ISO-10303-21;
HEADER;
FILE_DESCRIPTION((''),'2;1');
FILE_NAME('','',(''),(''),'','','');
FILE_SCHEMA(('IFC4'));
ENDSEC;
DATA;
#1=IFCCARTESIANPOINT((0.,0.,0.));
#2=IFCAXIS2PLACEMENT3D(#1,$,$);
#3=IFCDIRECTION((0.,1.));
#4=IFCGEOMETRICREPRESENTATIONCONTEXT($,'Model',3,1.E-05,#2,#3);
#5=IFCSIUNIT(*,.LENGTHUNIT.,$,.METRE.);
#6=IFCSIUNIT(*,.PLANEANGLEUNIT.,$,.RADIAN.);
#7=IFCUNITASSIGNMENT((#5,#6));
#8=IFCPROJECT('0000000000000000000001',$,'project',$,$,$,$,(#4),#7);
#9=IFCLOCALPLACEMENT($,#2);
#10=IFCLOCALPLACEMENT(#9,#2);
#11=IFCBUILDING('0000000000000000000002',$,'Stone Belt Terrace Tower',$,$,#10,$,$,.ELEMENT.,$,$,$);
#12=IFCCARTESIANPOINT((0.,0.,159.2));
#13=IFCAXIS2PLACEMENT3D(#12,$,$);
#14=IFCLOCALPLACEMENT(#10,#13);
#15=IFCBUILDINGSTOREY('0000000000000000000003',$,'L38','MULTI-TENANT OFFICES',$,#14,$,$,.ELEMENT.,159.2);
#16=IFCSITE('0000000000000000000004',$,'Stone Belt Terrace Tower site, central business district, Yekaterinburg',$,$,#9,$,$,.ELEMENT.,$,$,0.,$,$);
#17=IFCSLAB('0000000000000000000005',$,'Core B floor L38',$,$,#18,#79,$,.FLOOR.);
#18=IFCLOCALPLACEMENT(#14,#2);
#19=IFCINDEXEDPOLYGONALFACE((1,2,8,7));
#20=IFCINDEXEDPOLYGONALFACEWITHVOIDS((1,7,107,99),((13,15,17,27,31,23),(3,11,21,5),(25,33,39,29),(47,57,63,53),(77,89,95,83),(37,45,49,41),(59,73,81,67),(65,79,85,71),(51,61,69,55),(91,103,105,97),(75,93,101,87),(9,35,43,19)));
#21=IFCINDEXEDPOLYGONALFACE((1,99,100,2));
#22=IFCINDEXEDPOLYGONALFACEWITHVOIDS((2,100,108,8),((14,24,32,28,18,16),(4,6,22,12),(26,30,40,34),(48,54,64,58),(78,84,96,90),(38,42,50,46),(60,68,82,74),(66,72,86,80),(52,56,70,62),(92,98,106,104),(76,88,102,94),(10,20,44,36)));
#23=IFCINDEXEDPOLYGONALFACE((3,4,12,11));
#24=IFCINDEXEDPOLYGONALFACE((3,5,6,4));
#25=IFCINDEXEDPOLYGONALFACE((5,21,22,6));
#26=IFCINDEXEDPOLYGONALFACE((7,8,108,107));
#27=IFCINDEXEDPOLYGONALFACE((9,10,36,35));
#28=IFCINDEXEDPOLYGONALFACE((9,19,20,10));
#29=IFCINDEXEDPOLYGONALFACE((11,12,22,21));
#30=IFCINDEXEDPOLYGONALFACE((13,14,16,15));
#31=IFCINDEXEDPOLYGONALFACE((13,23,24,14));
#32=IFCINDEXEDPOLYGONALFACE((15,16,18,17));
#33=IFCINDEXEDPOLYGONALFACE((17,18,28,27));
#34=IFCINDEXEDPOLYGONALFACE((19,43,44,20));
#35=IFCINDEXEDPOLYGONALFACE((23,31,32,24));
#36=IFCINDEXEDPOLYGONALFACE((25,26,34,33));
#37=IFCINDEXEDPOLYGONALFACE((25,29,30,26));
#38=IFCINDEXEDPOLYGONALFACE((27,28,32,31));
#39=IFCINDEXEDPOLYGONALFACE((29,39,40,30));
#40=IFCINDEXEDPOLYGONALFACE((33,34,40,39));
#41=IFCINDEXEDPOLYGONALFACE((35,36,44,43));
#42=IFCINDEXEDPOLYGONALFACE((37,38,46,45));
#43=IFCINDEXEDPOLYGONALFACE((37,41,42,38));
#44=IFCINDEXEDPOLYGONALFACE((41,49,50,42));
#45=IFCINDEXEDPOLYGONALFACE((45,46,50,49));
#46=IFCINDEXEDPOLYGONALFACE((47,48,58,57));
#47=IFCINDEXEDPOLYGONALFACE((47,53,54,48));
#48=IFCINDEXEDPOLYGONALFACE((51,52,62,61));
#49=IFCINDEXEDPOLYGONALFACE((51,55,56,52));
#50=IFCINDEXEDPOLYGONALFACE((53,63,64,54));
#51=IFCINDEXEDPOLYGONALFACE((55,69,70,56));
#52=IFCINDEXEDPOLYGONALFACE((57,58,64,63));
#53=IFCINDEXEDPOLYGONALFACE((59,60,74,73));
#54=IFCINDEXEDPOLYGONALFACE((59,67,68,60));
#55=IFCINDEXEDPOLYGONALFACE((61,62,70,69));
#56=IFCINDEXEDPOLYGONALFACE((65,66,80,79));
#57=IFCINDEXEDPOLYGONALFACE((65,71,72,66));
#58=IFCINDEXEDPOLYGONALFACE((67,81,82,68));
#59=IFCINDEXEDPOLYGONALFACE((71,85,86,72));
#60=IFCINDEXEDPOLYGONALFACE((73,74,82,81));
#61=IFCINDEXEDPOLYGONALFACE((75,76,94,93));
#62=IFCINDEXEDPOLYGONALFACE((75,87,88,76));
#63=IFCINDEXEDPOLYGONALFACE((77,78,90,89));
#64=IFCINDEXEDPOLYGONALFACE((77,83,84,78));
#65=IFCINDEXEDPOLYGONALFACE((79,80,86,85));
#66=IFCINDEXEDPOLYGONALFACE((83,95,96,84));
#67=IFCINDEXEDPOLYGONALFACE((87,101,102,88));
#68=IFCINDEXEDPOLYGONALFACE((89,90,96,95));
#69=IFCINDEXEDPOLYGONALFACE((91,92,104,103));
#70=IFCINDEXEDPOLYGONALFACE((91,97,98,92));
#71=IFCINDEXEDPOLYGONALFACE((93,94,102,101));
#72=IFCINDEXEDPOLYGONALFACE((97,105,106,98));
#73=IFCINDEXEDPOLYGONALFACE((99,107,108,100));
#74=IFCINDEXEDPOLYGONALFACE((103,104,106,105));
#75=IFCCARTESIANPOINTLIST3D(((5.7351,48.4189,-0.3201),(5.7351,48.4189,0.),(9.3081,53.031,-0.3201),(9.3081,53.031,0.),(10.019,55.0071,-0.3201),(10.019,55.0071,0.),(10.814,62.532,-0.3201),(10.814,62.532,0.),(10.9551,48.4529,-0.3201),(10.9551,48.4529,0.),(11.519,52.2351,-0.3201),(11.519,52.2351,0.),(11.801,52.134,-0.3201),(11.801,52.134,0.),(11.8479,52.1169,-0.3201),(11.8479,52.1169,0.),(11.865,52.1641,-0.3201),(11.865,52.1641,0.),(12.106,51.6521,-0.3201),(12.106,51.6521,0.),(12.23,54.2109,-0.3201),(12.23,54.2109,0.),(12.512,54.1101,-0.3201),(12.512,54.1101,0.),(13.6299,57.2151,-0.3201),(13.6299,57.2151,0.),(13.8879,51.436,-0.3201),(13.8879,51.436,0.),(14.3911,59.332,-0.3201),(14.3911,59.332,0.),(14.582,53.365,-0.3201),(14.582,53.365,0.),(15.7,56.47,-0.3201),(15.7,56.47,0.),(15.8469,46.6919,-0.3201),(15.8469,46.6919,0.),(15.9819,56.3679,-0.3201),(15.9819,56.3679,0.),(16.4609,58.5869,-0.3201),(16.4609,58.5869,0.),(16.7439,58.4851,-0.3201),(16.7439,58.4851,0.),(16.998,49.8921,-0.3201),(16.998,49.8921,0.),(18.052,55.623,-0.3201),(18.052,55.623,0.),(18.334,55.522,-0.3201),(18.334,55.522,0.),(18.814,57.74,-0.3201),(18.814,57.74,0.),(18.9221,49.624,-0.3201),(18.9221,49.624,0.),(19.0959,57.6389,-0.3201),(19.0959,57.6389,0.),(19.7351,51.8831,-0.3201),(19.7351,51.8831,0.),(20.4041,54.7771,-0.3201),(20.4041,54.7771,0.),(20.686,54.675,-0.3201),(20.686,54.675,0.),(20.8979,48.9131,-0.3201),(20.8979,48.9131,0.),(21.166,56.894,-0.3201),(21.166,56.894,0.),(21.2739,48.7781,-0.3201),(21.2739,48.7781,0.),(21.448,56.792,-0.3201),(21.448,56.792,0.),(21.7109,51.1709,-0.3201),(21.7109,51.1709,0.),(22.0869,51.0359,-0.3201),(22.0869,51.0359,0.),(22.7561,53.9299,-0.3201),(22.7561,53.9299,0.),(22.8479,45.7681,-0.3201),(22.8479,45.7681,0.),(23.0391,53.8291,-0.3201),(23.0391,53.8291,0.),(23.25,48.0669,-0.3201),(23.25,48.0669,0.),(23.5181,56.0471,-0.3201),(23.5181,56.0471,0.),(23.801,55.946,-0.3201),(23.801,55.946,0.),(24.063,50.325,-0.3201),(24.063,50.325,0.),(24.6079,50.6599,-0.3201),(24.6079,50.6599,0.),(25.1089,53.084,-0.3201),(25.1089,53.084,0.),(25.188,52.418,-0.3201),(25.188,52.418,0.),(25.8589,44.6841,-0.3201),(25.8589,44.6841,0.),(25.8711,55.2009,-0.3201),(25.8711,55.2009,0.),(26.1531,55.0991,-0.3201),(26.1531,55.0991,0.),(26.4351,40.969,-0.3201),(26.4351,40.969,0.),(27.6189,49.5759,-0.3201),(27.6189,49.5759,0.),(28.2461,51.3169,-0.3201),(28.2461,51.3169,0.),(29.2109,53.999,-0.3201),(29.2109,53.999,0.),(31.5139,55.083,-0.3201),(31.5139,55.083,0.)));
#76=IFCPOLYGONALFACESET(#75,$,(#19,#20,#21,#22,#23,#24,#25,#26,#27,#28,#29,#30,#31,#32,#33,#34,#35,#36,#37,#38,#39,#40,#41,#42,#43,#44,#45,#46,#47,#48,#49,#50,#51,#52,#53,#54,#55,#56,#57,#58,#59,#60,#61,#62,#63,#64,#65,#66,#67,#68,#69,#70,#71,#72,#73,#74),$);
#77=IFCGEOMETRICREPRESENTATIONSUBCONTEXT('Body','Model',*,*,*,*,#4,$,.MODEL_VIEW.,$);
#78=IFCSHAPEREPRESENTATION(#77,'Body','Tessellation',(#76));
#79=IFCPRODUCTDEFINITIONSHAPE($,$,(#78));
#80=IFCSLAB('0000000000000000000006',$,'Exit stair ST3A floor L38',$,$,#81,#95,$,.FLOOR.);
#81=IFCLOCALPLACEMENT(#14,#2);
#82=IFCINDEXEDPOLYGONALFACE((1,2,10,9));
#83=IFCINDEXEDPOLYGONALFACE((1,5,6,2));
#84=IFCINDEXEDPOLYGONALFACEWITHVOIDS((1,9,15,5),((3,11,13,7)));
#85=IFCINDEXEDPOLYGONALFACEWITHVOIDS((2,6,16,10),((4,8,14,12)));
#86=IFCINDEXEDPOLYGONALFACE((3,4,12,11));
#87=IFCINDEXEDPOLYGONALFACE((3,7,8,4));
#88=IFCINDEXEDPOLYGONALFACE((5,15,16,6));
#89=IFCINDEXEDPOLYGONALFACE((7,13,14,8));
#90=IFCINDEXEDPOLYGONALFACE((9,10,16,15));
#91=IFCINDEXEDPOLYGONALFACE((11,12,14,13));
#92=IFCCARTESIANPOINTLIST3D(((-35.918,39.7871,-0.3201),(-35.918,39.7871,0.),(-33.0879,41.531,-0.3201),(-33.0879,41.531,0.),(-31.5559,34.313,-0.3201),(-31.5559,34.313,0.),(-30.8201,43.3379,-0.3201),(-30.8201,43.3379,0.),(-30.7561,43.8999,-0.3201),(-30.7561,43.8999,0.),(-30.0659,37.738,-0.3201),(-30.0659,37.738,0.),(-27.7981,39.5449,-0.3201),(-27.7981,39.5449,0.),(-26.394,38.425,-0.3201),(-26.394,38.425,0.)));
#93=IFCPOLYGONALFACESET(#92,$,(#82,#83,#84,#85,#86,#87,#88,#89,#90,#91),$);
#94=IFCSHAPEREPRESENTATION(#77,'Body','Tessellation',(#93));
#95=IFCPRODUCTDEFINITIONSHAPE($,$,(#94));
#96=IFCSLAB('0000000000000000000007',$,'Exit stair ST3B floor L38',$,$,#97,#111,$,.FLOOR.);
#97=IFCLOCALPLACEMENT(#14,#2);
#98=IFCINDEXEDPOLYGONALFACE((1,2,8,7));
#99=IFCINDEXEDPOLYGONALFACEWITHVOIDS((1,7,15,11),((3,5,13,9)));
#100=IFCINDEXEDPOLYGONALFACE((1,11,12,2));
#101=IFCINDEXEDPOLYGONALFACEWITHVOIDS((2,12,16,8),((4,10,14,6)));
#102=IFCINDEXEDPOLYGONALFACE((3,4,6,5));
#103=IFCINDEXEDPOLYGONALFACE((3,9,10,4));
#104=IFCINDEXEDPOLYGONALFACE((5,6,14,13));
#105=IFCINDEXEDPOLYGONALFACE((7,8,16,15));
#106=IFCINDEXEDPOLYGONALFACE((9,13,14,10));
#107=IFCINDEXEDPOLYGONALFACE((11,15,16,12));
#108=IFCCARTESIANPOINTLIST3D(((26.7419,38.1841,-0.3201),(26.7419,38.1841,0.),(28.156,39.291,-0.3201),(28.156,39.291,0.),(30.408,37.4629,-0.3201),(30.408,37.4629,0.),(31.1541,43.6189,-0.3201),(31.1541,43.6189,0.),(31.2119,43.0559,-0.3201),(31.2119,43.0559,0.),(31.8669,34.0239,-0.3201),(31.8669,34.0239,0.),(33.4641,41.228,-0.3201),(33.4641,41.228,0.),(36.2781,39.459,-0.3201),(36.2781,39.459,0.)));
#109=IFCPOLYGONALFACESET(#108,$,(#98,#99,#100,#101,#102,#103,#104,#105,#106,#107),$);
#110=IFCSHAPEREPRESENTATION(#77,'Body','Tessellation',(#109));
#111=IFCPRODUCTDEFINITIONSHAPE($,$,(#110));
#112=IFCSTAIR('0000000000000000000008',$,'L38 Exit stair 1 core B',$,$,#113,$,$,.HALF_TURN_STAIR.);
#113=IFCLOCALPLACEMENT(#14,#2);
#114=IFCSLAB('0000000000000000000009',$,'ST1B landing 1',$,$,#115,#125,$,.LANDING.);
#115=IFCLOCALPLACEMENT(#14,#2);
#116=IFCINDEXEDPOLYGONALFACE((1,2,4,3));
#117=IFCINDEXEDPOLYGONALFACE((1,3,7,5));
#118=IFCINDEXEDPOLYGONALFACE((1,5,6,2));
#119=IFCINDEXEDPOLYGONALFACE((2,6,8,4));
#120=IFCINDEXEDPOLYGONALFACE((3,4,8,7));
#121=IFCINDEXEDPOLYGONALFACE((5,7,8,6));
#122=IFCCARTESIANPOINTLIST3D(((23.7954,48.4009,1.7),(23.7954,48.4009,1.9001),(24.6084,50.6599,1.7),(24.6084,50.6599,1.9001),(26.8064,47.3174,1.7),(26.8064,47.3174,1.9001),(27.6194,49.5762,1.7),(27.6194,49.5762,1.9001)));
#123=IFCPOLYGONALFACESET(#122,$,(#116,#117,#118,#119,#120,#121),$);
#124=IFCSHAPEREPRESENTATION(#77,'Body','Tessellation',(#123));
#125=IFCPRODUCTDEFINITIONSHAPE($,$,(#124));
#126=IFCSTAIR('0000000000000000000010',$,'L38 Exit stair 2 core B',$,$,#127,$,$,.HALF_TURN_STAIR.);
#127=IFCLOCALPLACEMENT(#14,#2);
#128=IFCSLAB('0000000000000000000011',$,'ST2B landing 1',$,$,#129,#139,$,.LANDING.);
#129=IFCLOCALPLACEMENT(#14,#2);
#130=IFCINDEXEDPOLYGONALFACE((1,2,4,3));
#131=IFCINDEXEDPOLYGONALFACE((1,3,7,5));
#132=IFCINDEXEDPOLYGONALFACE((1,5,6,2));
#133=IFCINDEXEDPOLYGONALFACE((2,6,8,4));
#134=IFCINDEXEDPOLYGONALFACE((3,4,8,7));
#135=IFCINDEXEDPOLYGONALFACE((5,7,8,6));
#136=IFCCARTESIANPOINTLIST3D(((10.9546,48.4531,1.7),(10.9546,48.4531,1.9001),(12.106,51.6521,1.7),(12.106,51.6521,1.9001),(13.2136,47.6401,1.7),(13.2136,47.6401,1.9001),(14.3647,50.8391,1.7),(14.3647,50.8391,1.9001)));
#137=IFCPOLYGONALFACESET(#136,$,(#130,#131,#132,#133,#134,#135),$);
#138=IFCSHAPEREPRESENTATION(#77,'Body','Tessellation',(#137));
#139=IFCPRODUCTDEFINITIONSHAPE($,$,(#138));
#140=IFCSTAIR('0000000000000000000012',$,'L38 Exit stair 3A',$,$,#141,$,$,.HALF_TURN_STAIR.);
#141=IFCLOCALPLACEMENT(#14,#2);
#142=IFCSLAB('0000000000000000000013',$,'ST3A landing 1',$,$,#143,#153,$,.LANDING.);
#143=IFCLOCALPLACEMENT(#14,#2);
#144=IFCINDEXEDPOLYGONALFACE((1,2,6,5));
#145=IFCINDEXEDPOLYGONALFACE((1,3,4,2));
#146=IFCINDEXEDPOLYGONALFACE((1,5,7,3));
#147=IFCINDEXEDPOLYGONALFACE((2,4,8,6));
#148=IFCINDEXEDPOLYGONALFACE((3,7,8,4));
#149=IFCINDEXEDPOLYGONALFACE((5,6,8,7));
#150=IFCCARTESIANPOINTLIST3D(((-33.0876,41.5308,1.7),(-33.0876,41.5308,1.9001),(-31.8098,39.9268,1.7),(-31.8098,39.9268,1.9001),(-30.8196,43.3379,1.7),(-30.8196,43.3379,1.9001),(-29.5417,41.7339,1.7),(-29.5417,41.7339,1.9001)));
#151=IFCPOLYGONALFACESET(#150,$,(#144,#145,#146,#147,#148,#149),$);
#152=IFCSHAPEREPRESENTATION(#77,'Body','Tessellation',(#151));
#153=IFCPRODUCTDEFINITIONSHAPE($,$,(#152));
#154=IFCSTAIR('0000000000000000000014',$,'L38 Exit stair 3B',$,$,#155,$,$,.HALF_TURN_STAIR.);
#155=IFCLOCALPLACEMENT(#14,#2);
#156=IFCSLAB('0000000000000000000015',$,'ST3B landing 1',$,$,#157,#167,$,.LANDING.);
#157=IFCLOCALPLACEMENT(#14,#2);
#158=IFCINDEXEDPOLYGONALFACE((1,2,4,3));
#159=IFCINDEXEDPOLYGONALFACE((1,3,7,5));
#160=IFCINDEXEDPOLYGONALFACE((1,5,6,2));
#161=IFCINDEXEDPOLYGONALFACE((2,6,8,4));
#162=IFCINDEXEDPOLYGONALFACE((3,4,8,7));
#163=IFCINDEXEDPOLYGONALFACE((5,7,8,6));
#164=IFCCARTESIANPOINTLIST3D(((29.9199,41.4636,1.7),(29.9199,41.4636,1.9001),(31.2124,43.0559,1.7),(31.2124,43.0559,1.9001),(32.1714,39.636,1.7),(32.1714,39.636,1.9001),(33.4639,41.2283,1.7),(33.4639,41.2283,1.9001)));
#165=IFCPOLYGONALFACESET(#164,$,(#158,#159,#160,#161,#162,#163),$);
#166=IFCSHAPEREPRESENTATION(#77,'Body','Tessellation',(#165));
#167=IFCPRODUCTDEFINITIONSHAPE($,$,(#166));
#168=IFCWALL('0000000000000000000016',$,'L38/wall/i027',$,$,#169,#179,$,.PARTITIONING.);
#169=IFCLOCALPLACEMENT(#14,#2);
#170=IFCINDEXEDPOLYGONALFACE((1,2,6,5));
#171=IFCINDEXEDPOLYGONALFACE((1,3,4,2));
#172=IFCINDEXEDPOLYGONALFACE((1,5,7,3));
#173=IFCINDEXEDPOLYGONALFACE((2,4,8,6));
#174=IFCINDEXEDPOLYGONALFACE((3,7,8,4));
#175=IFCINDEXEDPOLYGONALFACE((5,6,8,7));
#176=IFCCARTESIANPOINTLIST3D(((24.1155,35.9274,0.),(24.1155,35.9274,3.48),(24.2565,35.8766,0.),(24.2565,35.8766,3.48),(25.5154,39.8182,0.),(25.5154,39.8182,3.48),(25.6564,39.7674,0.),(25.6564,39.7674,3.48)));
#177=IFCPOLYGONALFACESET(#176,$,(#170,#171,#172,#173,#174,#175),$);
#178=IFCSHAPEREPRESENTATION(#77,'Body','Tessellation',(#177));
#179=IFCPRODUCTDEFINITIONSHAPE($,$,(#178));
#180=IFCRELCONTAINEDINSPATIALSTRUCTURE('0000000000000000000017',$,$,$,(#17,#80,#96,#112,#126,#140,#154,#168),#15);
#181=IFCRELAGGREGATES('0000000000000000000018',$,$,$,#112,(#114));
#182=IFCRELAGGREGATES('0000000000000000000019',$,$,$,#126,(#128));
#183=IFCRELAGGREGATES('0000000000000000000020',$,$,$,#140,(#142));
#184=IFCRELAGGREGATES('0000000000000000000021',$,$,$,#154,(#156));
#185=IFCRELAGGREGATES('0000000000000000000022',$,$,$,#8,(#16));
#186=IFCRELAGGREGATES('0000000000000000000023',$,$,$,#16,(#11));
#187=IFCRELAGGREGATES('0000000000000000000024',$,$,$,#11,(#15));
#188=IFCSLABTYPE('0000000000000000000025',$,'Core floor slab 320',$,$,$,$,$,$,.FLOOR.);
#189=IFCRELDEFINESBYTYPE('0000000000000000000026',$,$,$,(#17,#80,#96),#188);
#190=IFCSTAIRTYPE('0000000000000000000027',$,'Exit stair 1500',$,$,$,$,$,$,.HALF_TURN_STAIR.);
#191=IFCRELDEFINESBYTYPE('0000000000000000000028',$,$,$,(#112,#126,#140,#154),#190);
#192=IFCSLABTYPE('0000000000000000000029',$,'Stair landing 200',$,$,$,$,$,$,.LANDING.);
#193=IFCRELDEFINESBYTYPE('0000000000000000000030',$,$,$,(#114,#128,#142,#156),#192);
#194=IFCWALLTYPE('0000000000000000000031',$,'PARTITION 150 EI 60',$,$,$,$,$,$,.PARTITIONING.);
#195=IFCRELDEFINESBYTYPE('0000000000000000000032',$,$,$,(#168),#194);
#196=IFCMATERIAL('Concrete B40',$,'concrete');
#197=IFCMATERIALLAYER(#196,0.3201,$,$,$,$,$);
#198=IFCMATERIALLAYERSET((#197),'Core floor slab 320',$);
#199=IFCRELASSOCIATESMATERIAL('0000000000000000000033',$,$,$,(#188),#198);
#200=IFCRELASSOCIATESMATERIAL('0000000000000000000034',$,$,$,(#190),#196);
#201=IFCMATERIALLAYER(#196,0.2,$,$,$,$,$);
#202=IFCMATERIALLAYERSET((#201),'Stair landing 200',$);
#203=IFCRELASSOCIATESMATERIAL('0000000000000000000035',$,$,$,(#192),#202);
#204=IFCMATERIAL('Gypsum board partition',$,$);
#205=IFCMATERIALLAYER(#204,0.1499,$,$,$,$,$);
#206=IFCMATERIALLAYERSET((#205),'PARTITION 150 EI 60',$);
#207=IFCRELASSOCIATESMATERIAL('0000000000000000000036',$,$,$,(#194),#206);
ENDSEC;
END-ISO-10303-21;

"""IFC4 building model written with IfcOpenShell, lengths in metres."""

from ifc_helpers import new_model, si_unit, direction, frame, frame_2d, origin, place, context, subcontext, project, spatial, polyline, rectangle, outline, extrude, material, layer, layer_set, type_object, element, aggregate, save


model = new_model("IFC4")

# Units and contexts
model_context = context("Model", 3, precision=1e-05, world=origin(), true_north=direction((0.0, 1.0)))
body_context = subcontext(model_context, "Body", "Model", "MODEL_VIEW")
ifc_project = project(units=[si_unit("LENGTHUNIT", "METRE"), si_unit("PLANEANGLEUNIT", "RADIAN")], contexts=[model_context])

# Site, building, storey
site_placement = place(None, origin())
site = spatial("IfcSite", under=ifc_project, at=site_placement, Name="Stone Belt Terrace Tower site, central business district, Yekaterinburg", CompositionType="ELEMENT", RefElevation=0.0)
building_placement = place(site_placement, origin())
building = spatial("IfcBuilding", under=site, at=building_placement, Name="Stone Belt Terrace Tower", CompositionType="ELEMENT")
storey_placement = place(building_placement, frame((0.0, 0.0, 159.2)))
storey = spatial("IfcBuildingStorey", under=building, at=storey_placement, Name="L38", Description="MULTI-TENANT OFFICES", CompositionType="ELEMENT", Elevation=159.2)

# Slabs
ifc_material_1 = material(Name="Concrete B40", Category="concrete")
ifc_layer_1 = layer(ifc_material_1, 0.3201)
ifc_layer_set_1 = layer_set([ifc_layer_1], Name="Core floor slab 320")
slab_type_1 = type_object("IfcSlabType", Name="Core floor slab 320", PredefinedType="FLOOR", material=ifc_layer_set_1)
slab_1_placement = place(storey_placement, frame((0.0, 0.0, -0.3201)))
element("IfcSlab", 1, at=slab_1_placement, inside=storey, type_object=slab_type_1, Name="Core B floor L38", PredefinedType="FLOOR", context=body_context, shape_type="SweptSolid", body=[
    extrude(outline(polyline([(26.4351, 40.969), (31.5139, 55.083), (10.814, 62.532), (5.7351, 48.4189), (26.4351, 40.969)]), holes=[polyline([(12.106, 51.6521), (16.998, 49.8921), (15.8469, 46.6919), (10.9551, 48.4529), (12.106, 51.6521)]), polyline([(12.512, 54.1101), (14.582, 53.365), (13.8879, 51.436), (11.865, 52.1641), (11.8479, 52.1169), (11.801, 52.134), (12.512, 54.1101)]), polyline([(9.3081, 53.031), (10.019, 55.0071), (12.23, 54.2109), (11.519, 52.2351), (9.3081, 53.031)]), polyline([(18.334, 55.522), (19.0959, 57.6389), (21.166, 56.894), (20.4041, 54.7771), (18.334, 55.522)]), polyline([(16.7439, 58.4851), (18.814, 57.74), (18.052, 55.623), (15.9819, 56.3679), (16.7439, 58.4851)]), polyline([(14.3911, 59.332), (16.4609, 58.5869), (15.7, 56.47), (13.6299, 57.2151), (14.3911, 59.332)]), polyline([(27.6189, 49.5759), (25.8589, 44.6841), (22.8479, 45.7681), (24.6079, 50.6599), (27.6189, 49.5759)]), polyline([(23.25, 48.0669), (21.2739, 48.7781), (22.0869, 51.0359), (24.063, 50.325), (23.25, 48.0669)]), polyline([(20.8979, 48.9131), (18.9221, 49.624), (19.7351, 51.8831), (21.7109, 51.1709), (20.8979, 48.9131)]), polyline([(26.1531, 55.0991), (29.2109, 53.999), (28.2461, 51.3169), (25.188, 52.418), (26.1531, 55.0991)]), polyline([(23.801, 55.946), (25.8711, 55.2009), (25.1089, 53.084), (23.0391, 53.8291), (23.801, 55.946)]), polyline([(21.448, 56.792), (23.5181, 56.0471), (22.7561, 53.9299), (20.686, 54.675), (21.448, 56.792)])]), origin(), (0.0, 0.0, 1.0), 0.3201),
])
slab_2_placement = place(storey_placement, frame((0.0, 0.0, -0.3201)))
element("IfcSlab", 2, at=slab_2_placement, inside=storey, type_object=slab_type_1, Name="Exit stair ST3A floor L38", PredefinedType="FLOOR", context=body_context, shape_type="SweptSolid", body=[
    extrude(outline(polyline([(-26.394, 38.425), (-30.7561, 43.8999), (-35.918, 39.7871), (-31.5559, 34.313), (-26.394, 38.425)]), holes=[polyline([(-27.7981, 39.5449), (-30.0659, 37.738), (-33.0879, 41.531), (-30.8201, 43.3379), (-27.7981, 39.5449)])]), origin(), (0.0, 0.0, 1.0), 0.3201),
])
slab_3_placement = place(storey_placement, frame((0.0, 0.0, -0.3201)))
element("IfcSlab", 3, at=slab_3_placement, inside=storey, type_object=slab_type_1, Name="Exit stair ST3B floor L38", PredefinedType="FLOOR", context=body_context, shape_type="SweptSolid", body=[
    extrude(outline(polyline([(26.7419, 38.1841), (31.8669, 34.0239), (36.2781, 39.459), (31.1541, 43.6189), (26.7419, 38.1841)]), holes=[polyline([(30.408, 37.4629), (28.156, 39.291), (31.2119, 43.0559), (33.4641, 41.228), (30.408, 37.4629)])]), origin(), (0.0, 0.0, 1.0), 0.3201),
])

# Stairs, slabs
stair_type = type_object("IfcStairType", Name="Exit stair 1500", PredefinedType="HALF_TURN_STAIR", material=ifc_material_1)
stair_1_placement = place(storey_placement, origin())
stair_1 = element("IfcStair", 4, at=stair_1_placement, inside=storey, type_object=stair_type, Name="L38 Exit stair 1 core B", PredefinedType="HALF_TURN_STAIR")
ifc_layer_2 = layer(ifc_material_1, 0.2)
ifc_layer_set_2 = layer_set([ifc_layer_2], Name="Stair landing 200")
slab_type_2 = type_object("IfcSlabType", Name="Stair landing 200", PredefinedType="LANDING", material=ifc_layer_set_2)
slab_4_placement = place(storey_placement, frame((0.0, 0.0, 1.7)))
slab_4 = element("IfcSlab", 5, at=slab_4_placement, type_object=slab_type_2, Name="ST1B landing 1", PredefinedType="LANDING", context=body_context, shape_type="SweptSolid", body=[
    extrude(outline(polyline([(26.8064, 47.3174), (27.6194, 49.5762), (24.6084, 50.6599), (23.7954, 48.4009), (26.8064, 47.3174)])), origin(), (0.0, 0.0, 1.0), 0.2002),
])
aggregate(stair_1, [slab_4])
stair_2_placement = place(storey_placement, origin())
stair_2 = element("IfcStair", 6, at=stair_2_placement, inside=storey, type_object=stair_type, Name="L38 Exit stair 2 core B", PredefinedType="HALF_TURN_STAIR")
slab_5_placement = place(storey_placement, frame((0.0, 0.0, 1.7)))
slab_5 = element("IfcSlab", 7, at=slab_5_placement, type_object=slab_type_2, Name="ST2B landing 1", PredefinedType="LANDING", context=body_context, shape_type="SweptSolid", body=[
    extrude(outline(polyline([(14.3647, 50.8391), (12.106, 51.6521), (10.9546, 48.4531), (13.2136, 47.6401), (14.3647, 50.8391)])), origin(), (0.0, 0.0, 1.0), 0.2002),
])
aggregate(stair_2, [slab_5])
stair_3_placement = place(storey_placement, origin())
stair_3 = element("IfcStair", 8, at=stair_3_placement, inside=storey, type_object=stair_type, Name="L38 Exit stair 3A", PredefinedType="HALF_TURN_STAIR")
slab_6_placement = place(storey_placement, frame((0.0, 0.0, 1.7)))
slab_6 = element("IfcSlab", 9, at=slab_6_placement, type_object=slab_type_2, Name="ST3A landing 1", PredefinedType="LANDING", context=body_context, shape_type="SweptSolid", body=[
    extrude(outline(polyline([(-29.5417, 41.7339), (-30.8196, 43.3379), (-33.0876, 41.5308), (-31.8098, 39.9268), (-29.5417, 41.7339)])), origin(), (0.0, 0.0, 1.0), 0.2002),
])
aggregate(stair_3, [slab_6])
stair_4_placement = place(storey_placement, origin())
stair_4 = element("IfcStair", 10, at=stair_4_placement, inside=storey, type_object=stair_type, Name="L38 Exit stair 3B", PredefinedType="HALF_TURN_STAIR")
slab_7_placement = place(storey_placement, frame((0.0, 0.0, 1.7)))
slab_7 = element("IfcSlab", 11, at=slab_7_placement, type_object=slab_type_2, Name="ST3B landing 1", PredefinedType="LANDING", context=body_context, shape_type="SweptSolid", body=[
    extrude(outline(polyline([(32.1714, 39.636), (33.4639, 41.2283), (31.2124, 43.0559), (29.9199, 41.4636), (32.1714, 39.636)])), origin(), (0.0, 0.0, 1.0), 0.2002),
])

# Wall
ifc_material_2 = material(Name="Gypsum board partition")
ifc_layer_3 = layer(ifc_material_2, 0.1499)
ifc_layer_set_3 = layer_set([ifc_layer_3], Name="PARTITION 150 EI 60")
wall_type_1 = type_object("IfcWallType", Name="PARTITION 150 EI 60", PredefinedType="PARTITIONING", material=ifc_layer_set_3)
wall_1_placement = place(storey_placement, frame((24.186, 35.9021, 0.0), z_axis=(0.0, 0.0, 1.0), x_axis=(0.338546, 0.94095, 0.0)))
element("IfcWall", 12, at=wall_1_placement, inside=storey, type_object=wall_type_1, Name="L38/wall/i027", PredefinedType="PARTITIONING", context=body_context, shape_type="SweptSolid", body=[
    extrude(rectangle(XDim=4.135, YDim=0.1499, at=frame_2d((2.0674, 0.0))), origin(), (0.0, 0.0, 1.0), 3.48),
])

aggregate(stair_4, [slab_7])

save(model, "model.ifc")
